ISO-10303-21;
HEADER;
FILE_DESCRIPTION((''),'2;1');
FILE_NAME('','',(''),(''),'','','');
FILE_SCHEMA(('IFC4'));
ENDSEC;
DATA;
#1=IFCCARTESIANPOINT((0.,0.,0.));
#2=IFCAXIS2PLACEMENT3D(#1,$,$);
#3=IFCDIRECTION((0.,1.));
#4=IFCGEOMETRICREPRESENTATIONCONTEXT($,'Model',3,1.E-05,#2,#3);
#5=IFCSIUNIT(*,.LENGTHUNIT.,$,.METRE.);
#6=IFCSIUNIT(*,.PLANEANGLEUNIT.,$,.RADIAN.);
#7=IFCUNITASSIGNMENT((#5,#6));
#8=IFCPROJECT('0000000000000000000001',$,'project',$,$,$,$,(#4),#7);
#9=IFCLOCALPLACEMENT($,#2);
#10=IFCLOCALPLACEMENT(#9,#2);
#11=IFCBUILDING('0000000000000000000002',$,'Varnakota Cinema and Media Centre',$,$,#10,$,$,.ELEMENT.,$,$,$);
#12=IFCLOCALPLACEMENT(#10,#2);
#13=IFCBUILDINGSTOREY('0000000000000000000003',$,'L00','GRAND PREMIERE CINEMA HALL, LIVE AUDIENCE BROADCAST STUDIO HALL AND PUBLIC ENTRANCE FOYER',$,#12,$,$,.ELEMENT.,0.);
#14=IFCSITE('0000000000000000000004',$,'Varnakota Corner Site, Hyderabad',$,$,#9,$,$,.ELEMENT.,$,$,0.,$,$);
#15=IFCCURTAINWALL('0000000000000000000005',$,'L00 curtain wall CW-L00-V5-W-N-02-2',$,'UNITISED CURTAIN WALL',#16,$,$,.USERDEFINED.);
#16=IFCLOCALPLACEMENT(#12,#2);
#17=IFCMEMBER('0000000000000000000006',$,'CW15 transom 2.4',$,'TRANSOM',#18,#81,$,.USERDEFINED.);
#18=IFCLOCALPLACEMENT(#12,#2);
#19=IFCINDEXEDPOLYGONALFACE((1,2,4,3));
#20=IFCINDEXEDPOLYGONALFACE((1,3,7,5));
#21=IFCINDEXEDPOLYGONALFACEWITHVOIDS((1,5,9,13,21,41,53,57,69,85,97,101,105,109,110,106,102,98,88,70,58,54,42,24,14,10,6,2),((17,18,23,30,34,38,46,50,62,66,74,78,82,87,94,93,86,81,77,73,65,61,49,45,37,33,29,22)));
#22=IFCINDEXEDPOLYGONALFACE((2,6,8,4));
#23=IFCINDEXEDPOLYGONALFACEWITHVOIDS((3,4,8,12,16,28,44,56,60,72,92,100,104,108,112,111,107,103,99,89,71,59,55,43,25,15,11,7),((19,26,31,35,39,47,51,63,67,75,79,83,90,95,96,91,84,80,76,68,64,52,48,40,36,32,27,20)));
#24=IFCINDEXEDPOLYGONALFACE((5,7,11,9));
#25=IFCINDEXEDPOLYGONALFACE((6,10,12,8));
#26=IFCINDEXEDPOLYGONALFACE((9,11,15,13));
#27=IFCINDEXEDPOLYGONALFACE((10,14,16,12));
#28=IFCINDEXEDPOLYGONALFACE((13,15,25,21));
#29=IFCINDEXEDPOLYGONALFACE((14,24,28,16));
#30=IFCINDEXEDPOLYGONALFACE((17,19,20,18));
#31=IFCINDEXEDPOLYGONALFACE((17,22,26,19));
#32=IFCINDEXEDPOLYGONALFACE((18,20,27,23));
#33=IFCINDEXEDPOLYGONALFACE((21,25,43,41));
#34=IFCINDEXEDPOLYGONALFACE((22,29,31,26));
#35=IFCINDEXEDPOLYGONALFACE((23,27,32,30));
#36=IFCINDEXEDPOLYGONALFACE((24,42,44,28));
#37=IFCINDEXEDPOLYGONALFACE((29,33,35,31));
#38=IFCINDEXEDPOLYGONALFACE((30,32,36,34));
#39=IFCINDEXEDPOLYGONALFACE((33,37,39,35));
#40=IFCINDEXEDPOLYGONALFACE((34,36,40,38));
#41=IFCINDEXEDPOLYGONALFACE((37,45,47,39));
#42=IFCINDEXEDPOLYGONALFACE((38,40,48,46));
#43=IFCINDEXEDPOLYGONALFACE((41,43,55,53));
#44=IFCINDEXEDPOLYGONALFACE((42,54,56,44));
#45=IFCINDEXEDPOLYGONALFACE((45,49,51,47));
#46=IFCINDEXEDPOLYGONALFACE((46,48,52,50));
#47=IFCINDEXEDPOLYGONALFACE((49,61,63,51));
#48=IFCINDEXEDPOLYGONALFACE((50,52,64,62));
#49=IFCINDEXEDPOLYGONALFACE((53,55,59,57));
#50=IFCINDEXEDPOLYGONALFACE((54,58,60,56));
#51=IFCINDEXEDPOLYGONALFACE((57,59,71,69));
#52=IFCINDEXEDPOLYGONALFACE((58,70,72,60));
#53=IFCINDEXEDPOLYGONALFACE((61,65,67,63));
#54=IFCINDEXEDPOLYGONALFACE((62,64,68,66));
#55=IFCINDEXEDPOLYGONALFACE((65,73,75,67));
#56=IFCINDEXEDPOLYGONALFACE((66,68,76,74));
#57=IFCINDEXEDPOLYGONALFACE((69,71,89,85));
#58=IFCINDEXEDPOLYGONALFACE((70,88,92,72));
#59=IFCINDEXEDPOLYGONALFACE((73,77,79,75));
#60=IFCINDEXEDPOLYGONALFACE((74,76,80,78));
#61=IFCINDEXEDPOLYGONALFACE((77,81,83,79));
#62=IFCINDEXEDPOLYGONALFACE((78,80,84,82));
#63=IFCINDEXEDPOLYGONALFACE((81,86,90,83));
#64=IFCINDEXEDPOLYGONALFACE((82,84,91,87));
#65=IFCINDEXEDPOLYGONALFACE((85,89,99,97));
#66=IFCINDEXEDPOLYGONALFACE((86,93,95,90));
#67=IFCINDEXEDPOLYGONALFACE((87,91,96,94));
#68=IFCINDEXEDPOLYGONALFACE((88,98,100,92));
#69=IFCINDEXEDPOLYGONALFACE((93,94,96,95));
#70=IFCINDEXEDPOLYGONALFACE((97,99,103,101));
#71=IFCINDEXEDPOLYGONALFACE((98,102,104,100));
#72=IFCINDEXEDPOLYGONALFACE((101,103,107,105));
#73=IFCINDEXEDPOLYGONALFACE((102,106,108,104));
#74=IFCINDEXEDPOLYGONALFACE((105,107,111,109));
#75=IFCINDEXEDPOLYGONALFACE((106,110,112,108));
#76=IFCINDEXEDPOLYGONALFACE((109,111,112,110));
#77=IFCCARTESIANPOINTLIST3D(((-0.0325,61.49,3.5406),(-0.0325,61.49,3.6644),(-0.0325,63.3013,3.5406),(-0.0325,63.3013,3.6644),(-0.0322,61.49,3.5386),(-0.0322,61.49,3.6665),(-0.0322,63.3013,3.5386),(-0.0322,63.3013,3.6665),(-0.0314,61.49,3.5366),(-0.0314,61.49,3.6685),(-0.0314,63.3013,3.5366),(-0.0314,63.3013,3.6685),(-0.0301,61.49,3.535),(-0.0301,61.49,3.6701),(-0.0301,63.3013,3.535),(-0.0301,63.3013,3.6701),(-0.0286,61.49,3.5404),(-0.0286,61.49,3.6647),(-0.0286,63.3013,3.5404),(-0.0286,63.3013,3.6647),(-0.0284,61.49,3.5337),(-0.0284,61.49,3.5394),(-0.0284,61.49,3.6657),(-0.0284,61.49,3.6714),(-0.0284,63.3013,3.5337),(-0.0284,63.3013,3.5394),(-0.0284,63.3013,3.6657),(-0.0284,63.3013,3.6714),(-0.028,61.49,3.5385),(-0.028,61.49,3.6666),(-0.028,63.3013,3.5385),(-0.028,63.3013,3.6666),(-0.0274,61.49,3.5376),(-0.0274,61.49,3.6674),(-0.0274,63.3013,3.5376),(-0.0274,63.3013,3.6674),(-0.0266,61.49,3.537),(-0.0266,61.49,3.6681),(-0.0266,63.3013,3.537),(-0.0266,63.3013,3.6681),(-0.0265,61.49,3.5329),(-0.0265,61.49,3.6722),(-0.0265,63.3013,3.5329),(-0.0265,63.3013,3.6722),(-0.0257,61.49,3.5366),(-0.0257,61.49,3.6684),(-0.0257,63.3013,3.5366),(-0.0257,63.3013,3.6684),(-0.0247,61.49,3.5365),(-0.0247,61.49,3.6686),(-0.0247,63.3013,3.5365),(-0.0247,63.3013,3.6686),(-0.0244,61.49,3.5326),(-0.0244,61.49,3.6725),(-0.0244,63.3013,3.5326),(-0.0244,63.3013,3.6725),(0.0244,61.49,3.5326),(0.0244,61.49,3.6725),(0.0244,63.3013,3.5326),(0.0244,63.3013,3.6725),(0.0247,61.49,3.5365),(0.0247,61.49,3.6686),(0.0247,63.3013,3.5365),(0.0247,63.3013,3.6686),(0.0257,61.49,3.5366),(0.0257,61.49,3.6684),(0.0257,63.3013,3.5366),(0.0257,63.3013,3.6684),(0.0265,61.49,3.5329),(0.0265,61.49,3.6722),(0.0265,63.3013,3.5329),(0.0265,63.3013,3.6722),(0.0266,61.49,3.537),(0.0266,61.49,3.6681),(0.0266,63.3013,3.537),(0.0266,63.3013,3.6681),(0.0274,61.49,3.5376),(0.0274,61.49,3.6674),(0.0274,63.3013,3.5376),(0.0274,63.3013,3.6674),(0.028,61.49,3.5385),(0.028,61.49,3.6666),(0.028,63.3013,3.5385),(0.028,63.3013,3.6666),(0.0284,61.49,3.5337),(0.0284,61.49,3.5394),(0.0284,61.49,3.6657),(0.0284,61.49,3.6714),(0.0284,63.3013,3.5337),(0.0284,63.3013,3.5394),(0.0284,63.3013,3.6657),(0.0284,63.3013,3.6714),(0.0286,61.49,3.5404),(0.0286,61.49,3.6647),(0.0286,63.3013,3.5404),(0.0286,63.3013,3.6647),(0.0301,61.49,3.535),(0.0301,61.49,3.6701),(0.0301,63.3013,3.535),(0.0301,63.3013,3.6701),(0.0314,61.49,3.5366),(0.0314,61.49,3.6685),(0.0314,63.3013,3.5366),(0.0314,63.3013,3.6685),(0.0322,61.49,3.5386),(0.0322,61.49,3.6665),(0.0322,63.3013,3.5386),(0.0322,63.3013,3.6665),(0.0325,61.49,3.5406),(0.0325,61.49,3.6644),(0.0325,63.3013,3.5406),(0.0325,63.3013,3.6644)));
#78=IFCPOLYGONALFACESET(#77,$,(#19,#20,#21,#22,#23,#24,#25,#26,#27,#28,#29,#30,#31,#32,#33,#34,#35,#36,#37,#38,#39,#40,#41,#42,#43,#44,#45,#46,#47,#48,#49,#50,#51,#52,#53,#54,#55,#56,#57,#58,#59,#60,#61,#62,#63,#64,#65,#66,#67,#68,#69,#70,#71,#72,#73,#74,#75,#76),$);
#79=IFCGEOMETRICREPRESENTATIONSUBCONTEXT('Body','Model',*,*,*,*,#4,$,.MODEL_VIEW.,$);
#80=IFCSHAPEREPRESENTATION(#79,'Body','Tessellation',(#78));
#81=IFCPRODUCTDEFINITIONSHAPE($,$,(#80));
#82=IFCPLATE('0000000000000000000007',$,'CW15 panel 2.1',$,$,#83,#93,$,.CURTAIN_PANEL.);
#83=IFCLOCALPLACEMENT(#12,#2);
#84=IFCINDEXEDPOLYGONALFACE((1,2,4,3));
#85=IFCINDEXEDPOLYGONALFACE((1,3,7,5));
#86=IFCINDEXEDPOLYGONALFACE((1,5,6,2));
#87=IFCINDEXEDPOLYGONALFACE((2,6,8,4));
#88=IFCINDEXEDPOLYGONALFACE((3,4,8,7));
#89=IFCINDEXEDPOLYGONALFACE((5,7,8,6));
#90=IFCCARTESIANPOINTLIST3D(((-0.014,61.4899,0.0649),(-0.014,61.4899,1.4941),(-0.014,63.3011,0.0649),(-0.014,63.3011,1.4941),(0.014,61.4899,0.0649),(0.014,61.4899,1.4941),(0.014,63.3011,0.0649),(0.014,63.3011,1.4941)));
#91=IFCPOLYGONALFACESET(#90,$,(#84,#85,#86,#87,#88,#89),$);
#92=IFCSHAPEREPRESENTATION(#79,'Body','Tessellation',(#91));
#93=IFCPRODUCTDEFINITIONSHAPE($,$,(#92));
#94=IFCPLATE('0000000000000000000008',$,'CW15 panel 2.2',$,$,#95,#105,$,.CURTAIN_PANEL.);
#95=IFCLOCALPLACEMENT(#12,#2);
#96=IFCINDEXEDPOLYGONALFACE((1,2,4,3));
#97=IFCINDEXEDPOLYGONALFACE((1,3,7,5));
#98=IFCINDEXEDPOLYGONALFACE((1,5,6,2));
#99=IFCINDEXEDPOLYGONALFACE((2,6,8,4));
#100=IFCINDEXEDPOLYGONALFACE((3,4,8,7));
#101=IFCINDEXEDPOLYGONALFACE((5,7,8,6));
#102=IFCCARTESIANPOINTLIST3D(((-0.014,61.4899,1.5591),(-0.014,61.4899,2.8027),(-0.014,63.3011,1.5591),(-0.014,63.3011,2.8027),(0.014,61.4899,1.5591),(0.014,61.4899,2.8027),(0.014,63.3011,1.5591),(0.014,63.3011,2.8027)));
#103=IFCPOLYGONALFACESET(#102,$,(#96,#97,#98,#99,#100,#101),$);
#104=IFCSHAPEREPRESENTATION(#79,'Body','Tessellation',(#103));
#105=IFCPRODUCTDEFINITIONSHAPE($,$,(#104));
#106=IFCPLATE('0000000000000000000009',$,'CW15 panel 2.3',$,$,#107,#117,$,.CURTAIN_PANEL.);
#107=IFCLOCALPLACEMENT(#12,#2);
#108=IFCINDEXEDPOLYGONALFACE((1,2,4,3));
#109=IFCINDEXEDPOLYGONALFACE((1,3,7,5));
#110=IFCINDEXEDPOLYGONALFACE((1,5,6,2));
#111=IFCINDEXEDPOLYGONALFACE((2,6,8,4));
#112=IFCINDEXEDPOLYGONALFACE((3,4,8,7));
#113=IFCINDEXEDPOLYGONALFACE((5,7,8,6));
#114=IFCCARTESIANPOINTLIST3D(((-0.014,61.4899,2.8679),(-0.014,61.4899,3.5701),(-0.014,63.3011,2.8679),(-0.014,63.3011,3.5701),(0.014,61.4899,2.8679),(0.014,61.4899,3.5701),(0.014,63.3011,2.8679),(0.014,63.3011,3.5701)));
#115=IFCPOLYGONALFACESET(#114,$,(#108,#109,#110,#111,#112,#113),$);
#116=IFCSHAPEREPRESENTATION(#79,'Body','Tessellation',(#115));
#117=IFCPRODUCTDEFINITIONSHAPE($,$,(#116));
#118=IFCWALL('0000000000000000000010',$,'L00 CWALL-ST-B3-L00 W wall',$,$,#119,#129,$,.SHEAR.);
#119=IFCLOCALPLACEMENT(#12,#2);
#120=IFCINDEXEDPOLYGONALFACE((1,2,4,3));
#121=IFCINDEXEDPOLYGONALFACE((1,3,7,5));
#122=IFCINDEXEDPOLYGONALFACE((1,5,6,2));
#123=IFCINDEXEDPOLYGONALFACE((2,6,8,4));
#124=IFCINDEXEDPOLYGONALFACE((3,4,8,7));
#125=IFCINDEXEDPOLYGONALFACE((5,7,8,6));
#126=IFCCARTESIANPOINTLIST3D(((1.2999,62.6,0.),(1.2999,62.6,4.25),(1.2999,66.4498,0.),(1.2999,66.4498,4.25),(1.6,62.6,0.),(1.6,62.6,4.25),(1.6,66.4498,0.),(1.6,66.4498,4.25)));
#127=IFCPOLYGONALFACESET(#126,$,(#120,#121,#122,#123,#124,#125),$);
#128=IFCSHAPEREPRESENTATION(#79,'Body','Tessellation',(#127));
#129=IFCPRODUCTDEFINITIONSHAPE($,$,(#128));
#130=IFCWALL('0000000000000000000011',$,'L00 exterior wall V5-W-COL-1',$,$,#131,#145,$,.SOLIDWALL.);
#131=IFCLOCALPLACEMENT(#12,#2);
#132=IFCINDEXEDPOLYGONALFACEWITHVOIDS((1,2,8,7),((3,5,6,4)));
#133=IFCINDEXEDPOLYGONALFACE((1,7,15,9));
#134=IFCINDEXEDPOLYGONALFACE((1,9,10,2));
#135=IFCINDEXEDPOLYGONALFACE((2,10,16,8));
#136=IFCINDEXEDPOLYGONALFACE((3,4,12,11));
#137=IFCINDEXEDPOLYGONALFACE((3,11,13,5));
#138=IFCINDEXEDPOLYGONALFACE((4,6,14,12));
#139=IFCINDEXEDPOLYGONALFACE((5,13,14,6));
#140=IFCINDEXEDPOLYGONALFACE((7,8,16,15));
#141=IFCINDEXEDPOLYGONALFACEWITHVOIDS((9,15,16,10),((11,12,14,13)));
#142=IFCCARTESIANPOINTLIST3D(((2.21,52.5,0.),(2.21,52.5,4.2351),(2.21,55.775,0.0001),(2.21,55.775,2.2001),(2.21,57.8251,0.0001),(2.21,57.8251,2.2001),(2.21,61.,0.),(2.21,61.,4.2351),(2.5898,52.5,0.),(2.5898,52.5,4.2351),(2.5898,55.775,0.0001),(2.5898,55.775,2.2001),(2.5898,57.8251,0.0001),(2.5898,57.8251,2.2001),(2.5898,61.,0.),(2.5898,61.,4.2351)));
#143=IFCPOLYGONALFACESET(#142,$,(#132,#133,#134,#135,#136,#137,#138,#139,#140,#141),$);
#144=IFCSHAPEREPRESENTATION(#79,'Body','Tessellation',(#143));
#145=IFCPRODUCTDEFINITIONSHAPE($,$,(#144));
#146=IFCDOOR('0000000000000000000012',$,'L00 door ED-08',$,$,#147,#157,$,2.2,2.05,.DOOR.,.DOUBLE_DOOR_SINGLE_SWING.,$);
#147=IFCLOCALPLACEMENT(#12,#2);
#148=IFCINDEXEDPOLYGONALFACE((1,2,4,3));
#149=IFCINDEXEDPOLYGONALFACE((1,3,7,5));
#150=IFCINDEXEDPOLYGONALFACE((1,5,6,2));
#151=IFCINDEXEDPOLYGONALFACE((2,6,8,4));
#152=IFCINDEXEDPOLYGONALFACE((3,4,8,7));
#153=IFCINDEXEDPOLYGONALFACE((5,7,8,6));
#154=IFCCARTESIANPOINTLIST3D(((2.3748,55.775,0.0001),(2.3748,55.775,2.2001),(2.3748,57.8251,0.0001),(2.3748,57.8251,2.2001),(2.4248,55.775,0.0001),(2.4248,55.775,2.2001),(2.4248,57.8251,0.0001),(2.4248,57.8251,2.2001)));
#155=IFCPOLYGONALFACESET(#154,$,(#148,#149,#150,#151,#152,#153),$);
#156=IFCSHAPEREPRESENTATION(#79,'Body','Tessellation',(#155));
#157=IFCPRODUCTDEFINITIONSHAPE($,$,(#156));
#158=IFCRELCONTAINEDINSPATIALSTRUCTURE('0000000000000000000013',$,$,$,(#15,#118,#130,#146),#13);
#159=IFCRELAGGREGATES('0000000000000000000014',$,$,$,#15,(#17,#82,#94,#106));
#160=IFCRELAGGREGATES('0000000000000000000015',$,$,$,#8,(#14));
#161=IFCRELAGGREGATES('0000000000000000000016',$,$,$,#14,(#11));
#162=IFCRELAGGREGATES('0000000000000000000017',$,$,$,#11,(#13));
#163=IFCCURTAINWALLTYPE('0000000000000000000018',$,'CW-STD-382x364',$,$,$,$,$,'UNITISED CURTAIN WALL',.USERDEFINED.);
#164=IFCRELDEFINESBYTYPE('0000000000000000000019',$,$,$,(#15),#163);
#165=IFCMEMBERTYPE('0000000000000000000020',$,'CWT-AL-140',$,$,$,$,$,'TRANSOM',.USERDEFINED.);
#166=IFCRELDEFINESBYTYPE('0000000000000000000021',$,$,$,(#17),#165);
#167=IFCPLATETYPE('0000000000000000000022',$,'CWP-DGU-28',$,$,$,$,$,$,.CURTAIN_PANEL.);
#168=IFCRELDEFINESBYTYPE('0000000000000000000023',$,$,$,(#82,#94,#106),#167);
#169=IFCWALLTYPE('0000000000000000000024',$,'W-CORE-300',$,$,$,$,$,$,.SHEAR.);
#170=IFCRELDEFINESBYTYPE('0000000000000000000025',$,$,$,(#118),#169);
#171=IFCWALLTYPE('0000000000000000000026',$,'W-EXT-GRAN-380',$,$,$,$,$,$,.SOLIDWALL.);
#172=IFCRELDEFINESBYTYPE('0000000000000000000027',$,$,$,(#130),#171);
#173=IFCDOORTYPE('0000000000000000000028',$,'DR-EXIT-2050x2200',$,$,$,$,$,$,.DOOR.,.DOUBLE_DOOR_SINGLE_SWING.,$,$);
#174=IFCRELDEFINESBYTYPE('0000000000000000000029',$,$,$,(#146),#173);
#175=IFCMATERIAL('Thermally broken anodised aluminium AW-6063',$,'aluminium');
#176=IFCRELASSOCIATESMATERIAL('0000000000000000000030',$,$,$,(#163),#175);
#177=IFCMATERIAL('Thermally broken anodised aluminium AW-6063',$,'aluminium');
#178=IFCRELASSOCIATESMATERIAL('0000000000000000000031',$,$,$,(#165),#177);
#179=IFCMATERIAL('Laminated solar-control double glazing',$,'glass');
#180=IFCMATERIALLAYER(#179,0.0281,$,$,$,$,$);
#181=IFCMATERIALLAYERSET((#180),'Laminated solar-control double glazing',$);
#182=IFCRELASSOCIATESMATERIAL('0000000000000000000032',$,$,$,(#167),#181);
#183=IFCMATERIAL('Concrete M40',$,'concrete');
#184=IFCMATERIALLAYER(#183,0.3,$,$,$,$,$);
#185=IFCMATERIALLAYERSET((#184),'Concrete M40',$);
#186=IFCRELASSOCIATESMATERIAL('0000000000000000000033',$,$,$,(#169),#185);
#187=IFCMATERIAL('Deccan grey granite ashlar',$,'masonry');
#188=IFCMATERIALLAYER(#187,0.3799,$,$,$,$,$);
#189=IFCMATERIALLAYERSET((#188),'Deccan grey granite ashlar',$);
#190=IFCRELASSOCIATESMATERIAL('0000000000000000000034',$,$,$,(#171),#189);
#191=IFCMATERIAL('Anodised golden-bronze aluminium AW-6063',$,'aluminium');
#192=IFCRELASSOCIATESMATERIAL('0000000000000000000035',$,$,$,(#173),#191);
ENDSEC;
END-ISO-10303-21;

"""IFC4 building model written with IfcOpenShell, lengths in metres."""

from ifc_helpers import new_model, si_unit, direction, frame, frame_2d, origin, origin_2d, place, context, subcontext, project, spatial, rectangle, hollow_rectangle, extrude, material, layer, layer_set, material_profile, profile_set, type_object, element, fill, aggregate, save


model = new_model("IFC4")

# Units and contexts
model_context = context("Model", 3, precision=1e-05, world=origin(), true_north=direction((0.0, 1.0)))
body_context = subcontext(model_context, "Body", "Model", "MODEL_VIEW")
ifc_project = project(units=[si_unit("LENGTHUNIT", "METRE"), si_unit("PLANEANGLEUNIT", "RADIAN")], contexts=[model_context])

# Site, building, storey
site_placement = place(None, origin())
site = spatial("IfcSite", under=ifc_project, at=site_placement, Name="Varnakota Corner Site, Hyderabad", CompositionType="ELEMENT", RefElevation=0.0)
building_placement = place(site_placement, origin())
building = spatial("IfcBuilding", under=site, at=building_placement, Name="Varnakota Cinema and Media Centre", CompositionType="ELEMENT")
storey_placement = place(building_placement, origin())
storey = spatial("IfcBuildingStorey", under=building, at=storey_placement, Name="L00", Description="GRAND PREMIERE CINEMA HALL, LIVE AUDIENCE BROADCAST STUDIO HALL AND PUBLIC ENTRANCE FOYER", CompositionType="ELEMENT", Elevation=0.0)

# Curtain wall, member, plates
ifc_material_1 = material(Name="Thermally broken anodised aluminium AW-6063", Category="aluminium")
curtain_wall_type = type_object("IfcCurtainWallType", Name="CW-STD-382x364", ElementType="UNITISED CURTAIN WALL", PredefinedType="USERDEFINED", material=ifc_material_1)
curtain_wall_placement = place(storey_placement, origin())
curtain_wall = element("IfcCurtainWall", 1, at=curtain_wall_placement, inside=storey, type_object=curtain_wall_type, Name="L00 curtain wall CW-L00-V5-W-N-02-2", ObjectType="UNITISED CURTAIN WALL", PredefinedType="USERDEFINED")
ifc_material_2 = material(Name="Thermally broken anodised aluminium AW-6063", Category="aluminium")
ifc_material_profile_1 = material_profile(ifc_material_2, hollow_rectangle(XDim=0.0649, YDim=0.1399, WallThickness=0.0039, InnerFilletRadius=0.0039, OuterFilletRadius=0.0081, at=origin_2d()), Name="AL-TRANSOM 140x65x4")
ifc_profile_set_1 = profile_set([ifc_material_profile_1], Name="Thermally broken anodised aluminium AW-6063")
member_type_1 = type_object("IfcMemberType", Name="CWT-AL-140", ElementType="TRANSOM", PredefinedType="USERDEFINED", material=ifc_profile_set_1)
member_1_placement = place(storey_placement, frame((0.0, 63.3013, 3.6025), z_axis=(0.0, -1.0, 0.0), x_axis=(1.0, 0.0, 0.0)))
member_1 = element("IfcMember", 2, at=member_1_placement, type_object=member_type_1, Name="CW15 transom 2.4", ObjectType="TRANSOM", PredefinedType="USERDEFINED", context=body_context, shape_type="SweptSolid", body=[
    extrude(hollow_rectangle(XDim=0.0649, YDim=0.1399, WallThickness=0.0039, InnerFilletRadius=0.0039, OuterFilletRadius=0.0081, at=origin_2d()), origin(), (0.0, 0.0, 1.0), 1.8113),
])
ifc_material_3 = material(Name="Laminated solar-control double glazing", Category="glass")
ifc_layer_1 = layer(ifc_material_3, 0.0281)
ifc_layer_set_1 = layer_set([ifc_layer_1], Name="Laminated solar-control double glazing")
plate_type = type_object("IfcPlateType", Name="CWP-DGU-28", PredefinedType="CURTAIN_PANEL", material=ifc_layer_set_1)
plate_1_placement = place(storey_placement, frame((0.0, 62.3955, 0.0649), z_axis=(0.0, 0.0, 1.0), x_axis=(0.0, -1.0, 0.0)))
plate_1 = element("IfcPlate", 3, at=plate_1_placement, type_object=plate_type, Name="CW15 panel 2.1", PredefinedType="CURTAIN_PANEL", context=body_context, shape_type="SweptSolid", body=[
    extrude(rectangle(XDim=1.8113, YDim=0.0281, at=origin_2d()), origin(), (0.0, 0.0, 1.0), 1.4292),
])
plate_2_placement = place(storey_placement, frame((0.0, 62.3955, 1.5591), z_axis=(0.0, 0.0, 1.0), x_axis=(0.0, -1.0, 0.0)))
plate_2 = element("IfcPlate", 4, at=plate_2_placement, type_object=plate_type, Name="CW15 panel 2.2", PredefinedType="CURTAIN_PANEL", context=body_context, shape_type="SweptSolid", body=[
    extrude(rectangle(XDim=1.8113, YDim=0.0281, at=origin_2d()), origin(), (0.0, 0.0, 1.0), 1.2437),
])
plate_3_placement = place(storey_placement, frame((0.0, 62.3955, 2.8679), z_axis=(0.0, 0.0, 1.0), x_axis=(0.0, -1.0, 0.0)))
plate_3 = element("IfcPlate", 5, at=plate_3_placement, type_object=plate_type, Name="CW15 panel 2.3", PredefinedType="CURTAIN_PANEL", context=body_context, shape_type="SweptSolid", body=[
    extrude(rectangle(XDim=1.8113, YDim=0.0281, at=origin_2d()), origin(), (0.0, 0.0, 1.0), 0.7021),
])
aggregate(curtain_wall, [member_1, plate_1, plate_2, plate_3])

# Shared definitions
ifc_material_4 = material(Name="Concrete M40", Category="concrete")
ifc_layer_2 = layer(ifc_material_4, 0.3)
ifc_layer_set_2 = layer_set([ifc_layer_2], Name="Concrete M40")
wall_type_1 = type_object("IfcWallType", Name="W-CORE-300", PredefinedType="SHEAR", material=ifc_layer_set_2)

# Wall
wall_1_placement = place(storey_placement, frame((1.45, 62.6001, 0.0), z_axis=(0.0, 0.0, 1.0), x_axis=(0.0, 1.0, 0.0)))
element("IfcWall", 6, at=wall_1_placement, inside=storey, type_object=wall_type_1, Name="L00 CWALL-ST-B3-L00 W wall", PredefinedType="SHEAR", context=body_context, shape_type="SweptSolid", body=[
    extrude(rectangle(XDim=3.8499, YDim=0.3, at=frame_2d((1.9248, 0.0))), origin(), (0.0, 0.0, 1.0), 4.25),
])

# Wall, opening, door
ifc_material_5 = material(Name="Deccan grey granite ashlar", Category="masonry")
ifc_layer_3 = layer(ifc_material_5, 0.3799)
ifc_layer_set_3 = layer_set([ifc_layer_3], Name="Deccan grey granite ashlar")
wall_type_2 = type_object("IfcWallType", Name="W-EXT-GRAN-380", PredefinedType="SOLIDWALL", material=ifc_layer_set_3)
wall_2_placement = place(storey_placement, frame((2.3999, 61.0, 0.0), z_axis=(0.0, 0.0, 1.0), x_axis=(0.0, -1.0, 0.0)))
wall_2 = element("IfcWall", 7, at=wall_2_placement, inside=storey, type_object=wall_type_2, Name="L00 exterior wall V5-W-COL-1", PredefinedType="SOLIDWALL", context=body_context, shape_type="SweptSolid", body=[
    extrude(rectangle(XDim=8.5, YDim=0.3799, at=frame_2d((4.25, 0.0))), origin(), (0.0, 0.0, 1.0), 4.2351),
])
opening_1_placement = place(wall_2_placement, frame((3.175, 0.0, 0.0)))
opening_1 = element("IfcOpeningElement", 8, at=opening_1_placement, cuts=wall_2, PredefinedType="OPENING", context=body_context, shape_type="SweptSolid", body=[
    extrude(rectangle(XDim=2.05, YDim=2.2, at=frame_2d((1.0249, 1.1001))), frame((0.0, 0.1899, 0.0), z_axis=(0.0, -1.0, 0.0), x_axis=(1.0, 0.0, 0.0)), (0.0, 0.0, 1.0), 0.3799),
])
ifc_material_6 = material(Name="Anodised golden-bronze aluminium AW-6063", Category="aluminium")
door_type_1 = type_object("IfcDoorType", Name="DR-EXIT-2050x2200", OperationType="DOUBLE_DOOR_SINGLE_SWING", PredefinedType="DOOR", material=ifc_material_6)
door_1_placement = place(opening_1_placement, origin())
door_1 = element("IfcDoor", 9, at=door_1_placement, inside=storey, type_object=door_type_1, Name="L00 door ED-08", OperationType="DOUBLE_DOOR_SINGLE_SWING", OverallHeight=2.2, OverallWidth=2.05, PredefinedType="DOOR", context=body_context, shape_type="SweptSolid", body=[
    extrude(rectangle(XDim=2.05, YDim=2.2, at=frame_2d((1.0249, 1.1001))), frame((0.0, 0.0249, 0.0), z_axis=(0.0, -1.0, 0.0), x_axis=(1.0, 0.0, 0.0)), (0.0, 0.0, 1.0), 0.05),
])
fill(opening_1, door_1)

save(model, "model.ifc")
